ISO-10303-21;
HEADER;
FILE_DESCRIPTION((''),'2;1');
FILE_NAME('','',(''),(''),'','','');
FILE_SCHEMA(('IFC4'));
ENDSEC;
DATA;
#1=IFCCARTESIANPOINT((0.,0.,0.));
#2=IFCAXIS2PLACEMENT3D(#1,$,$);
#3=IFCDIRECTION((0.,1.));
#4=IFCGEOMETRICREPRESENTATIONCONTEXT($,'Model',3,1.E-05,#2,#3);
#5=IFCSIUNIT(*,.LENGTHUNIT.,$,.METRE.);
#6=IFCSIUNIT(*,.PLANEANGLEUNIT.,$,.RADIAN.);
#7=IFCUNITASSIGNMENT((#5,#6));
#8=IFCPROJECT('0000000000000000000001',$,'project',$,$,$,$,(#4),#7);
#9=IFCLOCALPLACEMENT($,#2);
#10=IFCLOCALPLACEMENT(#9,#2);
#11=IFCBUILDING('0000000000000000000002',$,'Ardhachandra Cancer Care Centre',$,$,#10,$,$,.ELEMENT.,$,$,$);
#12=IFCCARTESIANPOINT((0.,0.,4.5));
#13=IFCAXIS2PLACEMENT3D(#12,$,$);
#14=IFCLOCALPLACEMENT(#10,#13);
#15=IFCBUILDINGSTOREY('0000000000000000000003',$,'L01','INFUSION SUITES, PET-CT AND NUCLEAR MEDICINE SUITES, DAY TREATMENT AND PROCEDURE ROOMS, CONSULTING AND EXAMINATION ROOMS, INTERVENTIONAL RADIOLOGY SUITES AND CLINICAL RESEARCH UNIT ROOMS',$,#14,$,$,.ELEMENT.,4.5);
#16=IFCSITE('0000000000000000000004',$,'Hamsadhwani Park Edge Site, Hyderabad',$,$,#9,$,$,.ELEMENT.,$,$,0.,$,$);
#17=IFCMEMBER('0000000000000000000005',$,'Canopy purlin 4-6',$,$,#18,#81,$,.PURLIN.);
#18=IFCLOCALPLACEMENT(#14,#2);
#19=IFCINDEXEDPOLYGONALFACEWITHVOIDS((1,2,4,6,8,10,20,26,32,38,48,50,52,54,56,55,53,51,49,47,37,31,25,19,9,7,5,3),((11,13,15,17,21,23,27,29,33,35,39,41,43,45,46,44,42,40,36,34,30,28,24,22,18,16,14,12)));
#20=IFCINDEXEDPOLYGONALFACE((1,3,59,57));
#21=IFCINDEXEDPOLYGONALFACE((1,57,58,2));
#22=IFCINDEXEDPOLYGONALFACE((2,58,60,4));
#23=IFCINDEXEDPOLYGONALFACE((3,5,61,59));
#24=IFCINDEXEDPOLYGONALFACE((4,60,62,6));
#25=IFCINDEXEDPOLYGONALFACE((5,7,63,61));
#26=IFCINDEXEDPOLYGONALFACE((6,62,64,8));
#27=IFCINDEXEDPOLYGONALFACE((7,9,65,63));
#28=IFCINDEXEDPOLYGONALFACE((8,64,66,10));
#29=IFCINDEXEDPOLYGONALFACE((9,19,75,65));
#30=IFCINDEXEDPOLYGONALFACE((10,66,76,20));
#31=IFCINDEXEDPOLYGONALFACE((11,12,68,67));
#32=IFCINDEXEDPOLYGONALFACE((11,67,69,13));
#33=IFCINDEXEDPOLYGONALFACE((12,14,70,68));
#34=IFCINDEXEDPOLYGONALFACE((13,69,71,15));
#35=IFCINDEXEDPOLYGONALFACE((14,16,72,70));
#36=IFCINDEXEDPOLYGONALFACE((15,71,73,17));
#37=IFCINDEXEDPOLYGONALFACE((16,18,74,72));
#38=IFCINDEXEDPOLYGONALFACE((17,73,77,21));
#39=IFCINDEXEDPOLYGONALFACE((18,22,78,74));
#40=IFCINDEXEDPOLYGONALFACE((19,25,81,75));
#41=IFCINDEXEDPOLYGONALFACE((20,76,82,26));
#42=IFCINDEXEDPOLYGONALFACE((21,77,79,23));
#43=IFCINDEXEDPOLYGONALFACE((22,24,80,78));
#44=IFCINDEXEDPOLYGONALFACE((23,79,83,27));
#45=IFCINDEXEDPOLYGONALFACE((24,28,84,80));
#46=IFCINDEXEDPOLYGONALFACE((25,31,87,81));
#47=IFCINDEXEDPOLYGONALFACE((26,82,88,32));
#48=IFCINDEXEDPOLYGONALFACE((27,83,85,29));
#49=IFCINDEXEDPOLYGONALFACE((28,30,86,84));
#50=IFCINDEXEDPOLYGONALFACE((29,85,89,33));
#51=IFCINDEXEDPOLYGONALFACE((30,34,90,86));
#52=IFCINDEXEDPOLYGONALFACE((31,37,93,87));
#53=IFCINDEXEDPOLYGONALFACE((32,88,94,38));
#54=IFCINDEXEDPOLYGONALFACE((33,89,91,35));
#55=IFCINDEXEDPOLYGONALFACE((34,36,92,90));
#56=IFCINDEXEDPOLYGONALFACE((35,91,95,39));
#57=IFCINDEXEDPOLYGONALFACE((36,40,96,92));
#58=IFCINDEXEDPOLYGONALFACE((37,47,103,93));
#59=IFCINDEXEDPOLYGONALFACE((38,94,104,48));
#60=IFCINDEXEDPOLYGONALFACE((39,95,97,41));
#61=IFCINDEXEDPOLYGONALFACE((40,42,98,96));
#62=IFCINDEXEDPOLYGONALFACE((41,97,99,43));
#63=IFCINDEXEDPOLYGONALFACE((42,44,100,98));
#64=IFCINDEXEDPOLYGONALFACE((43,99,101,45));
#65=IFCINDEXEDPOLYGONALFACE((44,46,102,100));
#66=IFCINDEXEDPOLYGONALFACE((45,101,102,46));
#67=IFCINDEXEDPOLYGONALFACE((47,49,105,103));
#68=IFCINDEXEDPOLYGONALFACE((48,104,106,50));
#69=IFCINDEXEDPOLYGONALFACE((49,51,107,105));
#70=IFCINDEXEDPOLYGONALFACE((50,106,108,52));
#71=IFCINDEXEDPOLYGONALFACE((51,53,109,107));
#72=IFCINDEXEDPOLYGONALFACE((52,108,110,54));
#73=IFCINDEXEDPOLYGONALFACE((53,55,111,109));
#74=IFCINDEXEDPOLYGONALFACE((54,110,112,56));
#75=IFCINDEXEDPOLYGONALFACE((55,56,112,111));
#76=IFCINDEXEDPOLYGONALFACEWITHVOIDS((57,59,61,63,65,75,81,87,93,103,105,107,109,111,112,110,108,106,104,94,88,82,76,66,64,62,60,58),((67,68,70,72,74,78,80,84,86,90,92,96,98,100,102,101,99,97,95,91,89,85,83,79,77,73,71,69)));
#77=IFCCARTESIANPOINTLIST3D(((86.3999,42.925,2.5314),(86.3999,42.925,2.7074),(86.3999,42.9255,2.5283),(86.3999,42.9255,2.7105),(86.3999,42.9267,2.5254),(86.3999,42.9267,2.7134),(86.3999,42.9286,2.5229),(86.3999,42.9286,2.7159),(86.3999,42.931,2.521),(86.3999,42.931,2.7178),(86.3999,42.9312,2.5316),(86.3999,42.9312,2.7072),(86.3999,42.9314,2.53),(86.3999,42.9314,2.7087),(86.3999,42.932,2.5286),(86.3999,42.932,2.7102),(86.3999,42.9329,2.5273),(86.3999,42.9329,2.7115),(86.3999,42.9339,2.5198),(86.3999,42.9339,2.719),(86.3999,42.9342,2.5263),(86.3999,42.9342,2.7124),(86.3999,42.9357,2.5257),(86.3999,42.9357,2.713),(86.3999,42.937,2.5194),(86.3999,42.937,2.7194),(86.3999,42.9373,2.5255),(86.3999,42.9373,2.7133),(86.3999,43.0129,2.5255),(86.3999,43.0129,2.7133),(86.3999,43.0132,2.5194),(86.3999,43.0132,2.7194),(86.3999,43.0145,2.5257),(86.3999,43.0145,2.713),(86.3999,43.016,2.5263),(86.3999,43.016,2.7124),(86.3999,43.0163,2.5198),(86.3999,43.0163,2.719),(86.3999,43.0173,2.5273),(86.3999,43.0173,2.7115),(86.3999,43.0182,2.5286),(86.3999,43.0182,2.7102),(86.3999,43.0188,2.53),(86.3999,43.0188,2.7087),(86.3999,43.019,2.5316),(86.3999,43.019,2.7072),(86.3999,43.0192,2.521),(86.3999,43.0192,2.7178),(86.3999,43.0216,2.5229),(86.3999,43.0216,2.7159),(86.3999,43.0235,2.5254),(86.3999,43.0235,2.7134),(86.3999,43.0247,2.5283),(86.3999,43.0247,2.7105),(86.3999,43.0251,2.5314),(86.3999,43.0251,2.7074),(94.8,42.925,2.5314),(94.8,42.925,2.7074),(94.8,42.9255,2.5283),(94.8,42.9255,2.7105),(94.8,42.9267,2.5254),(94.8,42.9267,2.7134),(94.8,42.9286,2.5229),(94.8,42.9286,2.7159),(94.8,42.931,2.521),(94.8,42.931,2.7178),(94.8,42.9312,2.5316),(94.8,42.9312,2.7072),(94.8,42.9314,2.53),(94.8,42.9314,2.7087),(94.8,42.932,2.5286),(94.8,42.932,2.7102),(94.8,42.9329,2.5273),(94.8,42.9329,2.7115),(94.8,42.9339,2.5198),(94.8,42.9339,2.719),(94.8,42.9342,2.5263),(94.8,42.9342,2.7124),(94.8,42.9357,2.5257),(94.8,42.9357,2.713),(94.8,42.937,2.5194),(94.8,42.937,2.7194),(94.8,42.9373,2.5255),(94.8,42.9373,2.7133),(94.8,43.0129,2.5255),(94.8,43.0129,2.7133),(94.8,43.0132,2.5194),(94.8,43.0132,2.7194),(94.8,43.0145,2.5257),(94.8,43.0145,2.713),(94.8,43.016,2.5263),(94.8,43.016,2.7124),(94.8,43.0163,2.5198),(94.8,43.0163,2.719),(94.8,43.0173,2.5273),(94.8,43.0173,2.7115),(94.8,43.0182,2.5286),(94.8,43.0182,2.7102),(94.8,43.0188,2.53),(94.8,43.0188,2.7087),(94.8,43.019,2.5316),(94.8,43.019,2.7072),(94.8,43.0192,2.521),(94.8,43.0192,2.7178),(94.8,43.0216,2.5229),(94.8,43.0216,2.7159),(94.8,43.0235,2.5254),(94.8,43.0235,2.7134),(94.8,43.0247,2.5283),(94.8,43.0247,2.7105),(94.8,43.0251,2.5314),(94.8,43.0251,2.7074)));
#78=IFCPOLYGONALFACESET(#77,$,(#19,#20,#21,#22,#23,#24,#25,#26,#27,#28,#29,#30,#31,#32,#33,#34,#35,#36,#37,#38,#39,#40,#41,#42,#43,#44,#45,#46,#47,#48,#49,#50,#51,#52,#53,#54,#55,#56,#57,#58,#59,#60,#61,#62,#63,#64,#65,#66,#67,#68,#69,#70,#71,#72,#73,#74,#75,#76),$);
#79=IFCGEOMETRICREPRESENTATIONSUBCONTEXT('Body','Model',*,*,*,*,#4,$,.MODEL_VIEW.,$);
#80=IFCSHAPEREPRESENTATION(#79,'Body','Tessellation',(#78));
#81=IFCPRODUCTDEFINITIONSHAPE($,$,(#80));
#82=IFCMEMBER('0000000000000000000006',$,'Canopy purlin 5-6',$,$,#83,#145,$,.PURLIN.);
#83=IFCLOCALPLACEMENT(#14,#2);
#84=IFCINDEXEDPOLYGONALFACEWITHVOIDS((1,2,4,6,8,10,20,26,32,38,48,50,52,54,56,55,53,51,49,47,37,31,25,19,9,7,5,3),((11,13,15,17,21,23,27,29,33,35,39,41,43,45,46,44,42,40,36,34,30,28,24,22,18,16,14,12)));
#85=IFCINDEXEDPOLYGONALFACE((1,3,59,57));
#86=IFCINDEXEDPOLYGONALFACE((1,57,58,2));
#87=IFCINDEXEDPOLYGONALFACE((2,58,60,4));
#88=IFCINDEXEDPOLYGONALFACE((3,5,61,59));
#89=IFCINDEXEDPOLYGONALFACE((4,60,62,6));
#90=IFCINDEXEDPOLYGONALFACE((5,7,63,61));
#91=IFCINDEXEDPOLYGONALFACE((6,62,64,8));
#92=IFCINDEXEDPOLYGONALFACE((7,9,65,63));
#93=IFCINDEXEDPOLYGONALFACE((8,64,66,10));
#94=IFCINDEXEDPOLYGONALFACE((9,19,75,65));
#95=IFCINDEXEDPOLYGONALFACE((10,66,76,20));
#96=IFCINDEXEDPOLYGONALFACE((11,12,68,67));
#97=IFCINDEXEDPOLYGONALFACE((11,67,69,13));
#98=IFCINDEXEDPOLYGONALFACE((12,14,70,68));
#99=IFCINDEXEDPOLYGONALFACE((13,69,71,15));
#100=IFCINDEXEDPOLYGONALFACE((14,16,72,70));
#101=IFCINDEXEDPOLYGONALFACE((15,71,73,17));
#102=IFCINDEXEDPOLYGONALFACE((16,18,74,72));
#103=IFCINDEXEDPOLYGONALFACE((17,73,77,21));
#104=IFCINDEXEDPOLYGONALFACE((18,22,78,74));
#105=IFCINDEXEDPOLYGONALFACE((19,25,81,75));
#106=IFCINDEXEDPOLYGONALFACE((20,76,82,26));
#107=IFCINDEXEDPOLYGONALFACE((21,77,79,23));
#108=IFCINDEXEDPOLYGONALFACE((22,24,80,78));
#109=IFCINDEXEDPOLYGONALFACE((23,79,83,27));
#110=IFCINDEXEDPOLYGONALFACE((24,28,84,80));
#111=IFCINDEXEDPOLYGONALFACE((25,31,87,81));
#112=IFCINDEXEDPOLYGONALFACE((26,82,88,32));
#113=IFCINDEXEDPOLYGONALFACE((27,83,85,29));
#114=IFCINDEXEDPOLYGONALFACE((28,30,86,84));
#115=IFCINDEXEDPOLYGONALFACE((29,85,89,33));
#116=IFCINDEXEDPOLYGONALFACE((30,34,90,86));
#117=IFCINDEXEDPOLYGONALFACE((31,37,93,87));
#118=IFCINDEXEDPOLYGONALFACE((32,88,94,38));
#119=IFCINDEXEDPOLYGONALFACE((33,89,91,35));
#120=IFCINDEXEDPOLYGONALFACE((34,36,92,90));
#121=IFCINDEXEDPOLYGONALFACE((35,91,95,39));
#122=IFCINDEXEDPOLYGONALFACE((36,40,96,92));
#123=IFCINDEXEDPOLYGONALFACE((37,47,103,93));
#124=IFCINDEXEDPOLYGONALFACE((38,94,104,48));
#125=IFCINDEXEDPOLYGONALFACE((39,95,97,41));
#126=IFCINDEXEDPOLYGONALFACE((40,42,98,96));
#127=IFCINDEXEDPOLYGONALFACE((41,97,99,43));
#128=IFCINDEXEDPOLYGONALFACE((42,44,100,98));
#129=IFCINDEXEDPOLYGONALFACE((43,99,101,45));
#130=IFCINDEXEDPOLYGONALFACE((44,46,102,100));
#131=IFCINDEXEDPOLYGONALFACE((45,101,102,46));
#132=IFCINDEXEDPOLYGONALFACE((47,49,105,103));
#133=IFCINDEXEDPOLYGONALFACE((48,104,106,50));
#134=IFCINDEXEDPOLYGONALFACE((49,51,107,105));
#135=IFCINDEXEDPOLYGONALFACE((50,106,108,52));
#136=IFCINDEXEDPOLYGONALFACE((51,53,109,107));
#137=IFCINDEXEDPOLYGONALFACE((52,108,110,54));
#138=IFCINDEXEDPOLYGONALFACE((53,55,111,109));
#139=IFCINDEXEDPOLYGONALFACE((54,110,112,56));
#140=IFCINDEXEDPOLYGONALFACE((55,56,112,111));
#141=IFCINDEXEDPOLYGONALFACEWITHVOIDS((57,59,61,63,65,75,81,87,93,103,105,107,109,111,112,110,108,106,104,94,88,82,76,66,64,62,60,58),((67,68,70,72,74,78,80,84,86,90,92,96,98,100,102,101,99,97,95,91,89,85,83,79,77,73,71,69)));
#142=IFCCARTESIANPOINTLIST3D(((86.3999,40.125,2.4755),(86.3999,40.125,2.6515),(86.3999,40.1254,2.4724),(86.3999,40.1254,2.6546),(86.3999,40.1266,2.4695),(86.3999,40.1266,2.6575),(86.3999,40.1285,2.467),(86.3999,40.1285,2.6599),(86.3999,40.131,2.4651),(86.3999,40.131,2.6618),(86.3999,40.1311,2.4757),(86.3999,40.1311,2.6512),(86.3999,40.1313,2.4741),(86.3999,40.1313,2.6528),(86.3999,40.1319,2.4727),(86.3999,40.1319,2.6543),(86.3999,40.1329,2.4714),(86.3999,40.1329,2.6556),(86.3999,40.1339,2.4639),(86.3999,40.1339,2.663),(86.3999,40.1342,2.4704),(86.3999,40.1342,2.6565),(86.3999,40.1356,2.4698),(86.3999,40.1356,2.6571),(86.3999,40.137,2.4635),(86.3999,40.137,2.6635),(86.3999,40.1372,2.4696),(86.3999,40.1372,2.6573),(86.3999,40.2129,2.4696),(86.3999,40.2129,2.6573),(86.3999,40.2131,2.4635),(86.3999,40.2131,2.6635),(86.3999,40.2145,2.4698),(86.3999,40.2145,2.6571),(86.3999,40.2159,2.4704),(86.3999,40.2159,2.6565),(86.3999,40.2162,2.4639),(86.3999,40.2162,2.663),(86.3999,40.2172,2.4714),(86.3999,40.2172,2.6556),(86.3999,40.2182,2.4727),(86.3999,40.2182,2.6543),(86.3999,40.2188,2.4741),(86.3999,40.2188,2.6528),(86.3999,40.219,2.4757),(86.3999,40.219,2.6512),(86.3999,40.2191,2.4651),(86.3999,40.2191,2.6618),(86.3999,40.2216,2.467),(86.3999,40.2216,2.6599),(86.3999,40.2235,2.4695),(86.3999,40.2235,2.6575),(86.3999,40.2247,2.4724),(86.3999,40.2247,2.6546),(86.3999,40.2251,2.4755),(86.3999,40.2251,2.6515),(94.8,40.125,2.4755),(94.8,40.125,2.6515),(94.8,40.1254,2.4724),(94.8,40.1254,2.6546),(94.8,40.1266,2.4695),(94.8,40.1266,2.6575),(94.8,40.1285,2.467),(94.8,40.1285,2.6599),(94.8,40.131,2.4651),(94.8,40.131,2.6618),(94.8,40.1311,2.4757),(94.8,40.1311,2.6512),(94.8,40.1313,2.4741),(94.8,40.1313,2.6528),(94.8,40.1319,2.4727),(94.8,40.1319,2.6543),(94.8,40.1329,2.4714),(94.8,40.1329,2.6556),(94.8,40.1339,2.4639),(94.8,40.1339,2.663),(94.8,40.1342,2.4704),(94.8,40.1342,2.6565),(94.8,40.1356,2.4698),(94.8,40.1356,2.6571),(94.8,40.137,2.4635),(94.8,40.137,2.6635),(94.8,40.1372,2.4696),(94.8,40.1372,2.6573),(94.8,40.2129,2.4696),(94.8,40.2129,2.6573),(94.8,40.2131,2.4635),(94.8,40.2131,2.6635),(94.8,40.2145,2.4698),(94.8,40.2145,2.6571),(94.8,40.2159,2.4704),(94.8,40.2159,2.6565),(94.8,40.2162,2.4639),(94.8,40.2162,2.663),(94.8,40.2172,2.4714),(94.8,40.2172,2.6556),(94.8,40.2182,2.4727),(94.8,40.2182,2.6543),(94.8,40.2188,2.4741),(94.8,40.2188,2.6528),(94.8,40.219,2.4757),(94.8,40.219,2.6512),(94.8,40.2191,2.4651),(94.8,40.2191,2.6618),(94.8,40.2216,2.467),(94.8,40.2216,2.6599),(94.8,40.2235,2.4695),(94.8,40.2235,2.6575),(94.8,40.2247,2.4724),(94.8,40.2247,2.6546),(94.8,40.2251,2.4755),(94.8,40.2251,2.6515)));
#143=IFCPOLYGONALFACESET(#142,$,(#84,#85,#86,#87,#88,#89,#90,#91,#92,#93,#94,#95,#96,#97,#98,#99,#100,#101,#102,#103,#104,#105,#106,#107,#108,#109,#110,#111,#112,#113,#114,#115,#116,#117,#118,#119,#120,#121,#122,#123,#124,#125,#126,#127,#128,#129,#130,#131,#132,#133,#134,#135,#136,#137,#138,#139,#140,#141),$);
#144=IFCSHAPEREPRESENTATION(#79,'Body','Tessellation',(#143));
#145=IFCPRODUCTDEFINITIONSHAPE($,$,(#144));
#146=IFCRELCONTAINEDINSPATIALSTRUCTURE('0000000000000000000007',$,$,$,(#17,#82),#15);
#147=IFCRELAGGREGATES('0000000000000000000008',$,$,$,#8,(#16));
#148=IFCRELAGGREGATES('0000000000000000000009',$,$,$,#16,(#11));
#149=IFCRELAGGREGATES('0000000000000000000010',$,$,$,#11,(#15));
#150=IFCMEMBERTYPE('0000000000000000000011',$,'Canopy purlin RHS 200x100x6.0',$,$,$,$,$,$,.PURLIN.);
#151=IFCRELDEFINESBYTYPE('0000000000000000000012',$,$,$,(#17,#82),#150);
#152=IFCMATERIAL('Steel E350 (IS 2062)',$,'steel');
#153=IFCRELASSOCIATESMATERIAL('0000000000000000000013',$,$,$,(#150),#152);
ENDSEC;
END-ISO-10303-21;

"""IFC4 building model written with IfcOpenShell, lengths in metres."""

from ifc_helpers import new_model, si_unit, direction, frame, origin, origin_2d, place, context, subcontext, project, spatial, hollow_rectangle, extrude, material, material_profile, profile_set, type_object, element, save


model = new_model("IFC4")

# Units and contexts
model_context = context("Model", 3, precision=1e-05, world=origin(), true_north=direction((0.0, 1.0)))
body_context = subcontext(model_context, "Body", "Model", "MODEL_VIEW")
ifc_project = project(units=[si_unit("LENGTHUNIT", "METRE"), si_unit("PLANEANGLEUNIT", "RADIAN")], contexts=[model_context])

# Site, building, storey
site_placement = place(None, origin())
site = spatial("IfcSite", under=ifc_project, at=site_placement, Name="Hamsadhwani Park Edge Site, Hyderabad", CompositionType="ELEMENT", RefElevation=0.0)
building_placement = place(site_placement, origin())
building = spatial("IfcBuilding", under=site, at=building_placement, Name="Ardhachandra Cancer Care Centre", CompositionType="ELEMENT")
storey_placement = place(building_placement, frame((0.0, 0.0, 4.5)))
storey = spatial("IfcBuildingStorey", under=building, at=storey_placement, Name="L01", Description="INFUSION SUITES, PET-CT AND NUCLEAR MEDICINE SUITES, DAY TREATMENT AND PROCEDURE ROOMS, CONSULTING AND EXAMINATION ROOMS, INTERVENTIONAL RADIOLOGY SUITES AND CLINICAL RESEARCH UNIT ROOMS", CompositionType="ELEMENT", Elevation=4.5)

# Members
ifc_material_1 = material(Name="Steel E350 (IS 2062)", Category="steel")
ifc_material_profile_1 = material_profile(ifc_material_1, hollow_rectangle(XDim=0.1001, YDim=0.2, WallThickness=0.0061, InnerFilletRadius=0.0061, OuterFilletRadius=0.012, at=origin_2d()), Name="RHS 200x100x6.0")
ifc_profile_set_1 = profile_set([ifc_material_profile_1], Name="Steel E350 (IS 2062)")
member_type_1 = type_object("IfcMemberType", Name="Canopy purlin RHS 200x100x6.0", PredefinedType="PURLIN", material=ifc_profile_set_1)
for number, where, z_axis, x_axis, name in (
    (1, (86.3999, 42.9751, 2.6194), (1.0, 0.0, 0.0), (0.0, 1.0, 0.0), "Canopy purlin 4-6"),
    (2, (86.3999, 40.175, 2.5635), (1.0, 0.0, 0.0), (0.0, 1.0, 0.0), "Canopy purlin 5-6"),
):
    element("IfcMember", number, at=place(storey_placement, frame(where, z_axis=z_axis, x_axis=x_axis)), inside=storey, type_object=member_type_1, Name=name, PredefinedType="PURLIN", context=body_context, shape_type="SweptSolid", body=[
        extrude(hollow_rectangle(XDim=0.1001, YDim=0.2, WallThickness=0.0061, InnerFilletRadius=0.0061, OuterFilletRadius=0.012, at=origin_2d()), origin(), (0.0, 0.0, 1.0), 8.4001),
    ])

save(model, "model.ifc")
